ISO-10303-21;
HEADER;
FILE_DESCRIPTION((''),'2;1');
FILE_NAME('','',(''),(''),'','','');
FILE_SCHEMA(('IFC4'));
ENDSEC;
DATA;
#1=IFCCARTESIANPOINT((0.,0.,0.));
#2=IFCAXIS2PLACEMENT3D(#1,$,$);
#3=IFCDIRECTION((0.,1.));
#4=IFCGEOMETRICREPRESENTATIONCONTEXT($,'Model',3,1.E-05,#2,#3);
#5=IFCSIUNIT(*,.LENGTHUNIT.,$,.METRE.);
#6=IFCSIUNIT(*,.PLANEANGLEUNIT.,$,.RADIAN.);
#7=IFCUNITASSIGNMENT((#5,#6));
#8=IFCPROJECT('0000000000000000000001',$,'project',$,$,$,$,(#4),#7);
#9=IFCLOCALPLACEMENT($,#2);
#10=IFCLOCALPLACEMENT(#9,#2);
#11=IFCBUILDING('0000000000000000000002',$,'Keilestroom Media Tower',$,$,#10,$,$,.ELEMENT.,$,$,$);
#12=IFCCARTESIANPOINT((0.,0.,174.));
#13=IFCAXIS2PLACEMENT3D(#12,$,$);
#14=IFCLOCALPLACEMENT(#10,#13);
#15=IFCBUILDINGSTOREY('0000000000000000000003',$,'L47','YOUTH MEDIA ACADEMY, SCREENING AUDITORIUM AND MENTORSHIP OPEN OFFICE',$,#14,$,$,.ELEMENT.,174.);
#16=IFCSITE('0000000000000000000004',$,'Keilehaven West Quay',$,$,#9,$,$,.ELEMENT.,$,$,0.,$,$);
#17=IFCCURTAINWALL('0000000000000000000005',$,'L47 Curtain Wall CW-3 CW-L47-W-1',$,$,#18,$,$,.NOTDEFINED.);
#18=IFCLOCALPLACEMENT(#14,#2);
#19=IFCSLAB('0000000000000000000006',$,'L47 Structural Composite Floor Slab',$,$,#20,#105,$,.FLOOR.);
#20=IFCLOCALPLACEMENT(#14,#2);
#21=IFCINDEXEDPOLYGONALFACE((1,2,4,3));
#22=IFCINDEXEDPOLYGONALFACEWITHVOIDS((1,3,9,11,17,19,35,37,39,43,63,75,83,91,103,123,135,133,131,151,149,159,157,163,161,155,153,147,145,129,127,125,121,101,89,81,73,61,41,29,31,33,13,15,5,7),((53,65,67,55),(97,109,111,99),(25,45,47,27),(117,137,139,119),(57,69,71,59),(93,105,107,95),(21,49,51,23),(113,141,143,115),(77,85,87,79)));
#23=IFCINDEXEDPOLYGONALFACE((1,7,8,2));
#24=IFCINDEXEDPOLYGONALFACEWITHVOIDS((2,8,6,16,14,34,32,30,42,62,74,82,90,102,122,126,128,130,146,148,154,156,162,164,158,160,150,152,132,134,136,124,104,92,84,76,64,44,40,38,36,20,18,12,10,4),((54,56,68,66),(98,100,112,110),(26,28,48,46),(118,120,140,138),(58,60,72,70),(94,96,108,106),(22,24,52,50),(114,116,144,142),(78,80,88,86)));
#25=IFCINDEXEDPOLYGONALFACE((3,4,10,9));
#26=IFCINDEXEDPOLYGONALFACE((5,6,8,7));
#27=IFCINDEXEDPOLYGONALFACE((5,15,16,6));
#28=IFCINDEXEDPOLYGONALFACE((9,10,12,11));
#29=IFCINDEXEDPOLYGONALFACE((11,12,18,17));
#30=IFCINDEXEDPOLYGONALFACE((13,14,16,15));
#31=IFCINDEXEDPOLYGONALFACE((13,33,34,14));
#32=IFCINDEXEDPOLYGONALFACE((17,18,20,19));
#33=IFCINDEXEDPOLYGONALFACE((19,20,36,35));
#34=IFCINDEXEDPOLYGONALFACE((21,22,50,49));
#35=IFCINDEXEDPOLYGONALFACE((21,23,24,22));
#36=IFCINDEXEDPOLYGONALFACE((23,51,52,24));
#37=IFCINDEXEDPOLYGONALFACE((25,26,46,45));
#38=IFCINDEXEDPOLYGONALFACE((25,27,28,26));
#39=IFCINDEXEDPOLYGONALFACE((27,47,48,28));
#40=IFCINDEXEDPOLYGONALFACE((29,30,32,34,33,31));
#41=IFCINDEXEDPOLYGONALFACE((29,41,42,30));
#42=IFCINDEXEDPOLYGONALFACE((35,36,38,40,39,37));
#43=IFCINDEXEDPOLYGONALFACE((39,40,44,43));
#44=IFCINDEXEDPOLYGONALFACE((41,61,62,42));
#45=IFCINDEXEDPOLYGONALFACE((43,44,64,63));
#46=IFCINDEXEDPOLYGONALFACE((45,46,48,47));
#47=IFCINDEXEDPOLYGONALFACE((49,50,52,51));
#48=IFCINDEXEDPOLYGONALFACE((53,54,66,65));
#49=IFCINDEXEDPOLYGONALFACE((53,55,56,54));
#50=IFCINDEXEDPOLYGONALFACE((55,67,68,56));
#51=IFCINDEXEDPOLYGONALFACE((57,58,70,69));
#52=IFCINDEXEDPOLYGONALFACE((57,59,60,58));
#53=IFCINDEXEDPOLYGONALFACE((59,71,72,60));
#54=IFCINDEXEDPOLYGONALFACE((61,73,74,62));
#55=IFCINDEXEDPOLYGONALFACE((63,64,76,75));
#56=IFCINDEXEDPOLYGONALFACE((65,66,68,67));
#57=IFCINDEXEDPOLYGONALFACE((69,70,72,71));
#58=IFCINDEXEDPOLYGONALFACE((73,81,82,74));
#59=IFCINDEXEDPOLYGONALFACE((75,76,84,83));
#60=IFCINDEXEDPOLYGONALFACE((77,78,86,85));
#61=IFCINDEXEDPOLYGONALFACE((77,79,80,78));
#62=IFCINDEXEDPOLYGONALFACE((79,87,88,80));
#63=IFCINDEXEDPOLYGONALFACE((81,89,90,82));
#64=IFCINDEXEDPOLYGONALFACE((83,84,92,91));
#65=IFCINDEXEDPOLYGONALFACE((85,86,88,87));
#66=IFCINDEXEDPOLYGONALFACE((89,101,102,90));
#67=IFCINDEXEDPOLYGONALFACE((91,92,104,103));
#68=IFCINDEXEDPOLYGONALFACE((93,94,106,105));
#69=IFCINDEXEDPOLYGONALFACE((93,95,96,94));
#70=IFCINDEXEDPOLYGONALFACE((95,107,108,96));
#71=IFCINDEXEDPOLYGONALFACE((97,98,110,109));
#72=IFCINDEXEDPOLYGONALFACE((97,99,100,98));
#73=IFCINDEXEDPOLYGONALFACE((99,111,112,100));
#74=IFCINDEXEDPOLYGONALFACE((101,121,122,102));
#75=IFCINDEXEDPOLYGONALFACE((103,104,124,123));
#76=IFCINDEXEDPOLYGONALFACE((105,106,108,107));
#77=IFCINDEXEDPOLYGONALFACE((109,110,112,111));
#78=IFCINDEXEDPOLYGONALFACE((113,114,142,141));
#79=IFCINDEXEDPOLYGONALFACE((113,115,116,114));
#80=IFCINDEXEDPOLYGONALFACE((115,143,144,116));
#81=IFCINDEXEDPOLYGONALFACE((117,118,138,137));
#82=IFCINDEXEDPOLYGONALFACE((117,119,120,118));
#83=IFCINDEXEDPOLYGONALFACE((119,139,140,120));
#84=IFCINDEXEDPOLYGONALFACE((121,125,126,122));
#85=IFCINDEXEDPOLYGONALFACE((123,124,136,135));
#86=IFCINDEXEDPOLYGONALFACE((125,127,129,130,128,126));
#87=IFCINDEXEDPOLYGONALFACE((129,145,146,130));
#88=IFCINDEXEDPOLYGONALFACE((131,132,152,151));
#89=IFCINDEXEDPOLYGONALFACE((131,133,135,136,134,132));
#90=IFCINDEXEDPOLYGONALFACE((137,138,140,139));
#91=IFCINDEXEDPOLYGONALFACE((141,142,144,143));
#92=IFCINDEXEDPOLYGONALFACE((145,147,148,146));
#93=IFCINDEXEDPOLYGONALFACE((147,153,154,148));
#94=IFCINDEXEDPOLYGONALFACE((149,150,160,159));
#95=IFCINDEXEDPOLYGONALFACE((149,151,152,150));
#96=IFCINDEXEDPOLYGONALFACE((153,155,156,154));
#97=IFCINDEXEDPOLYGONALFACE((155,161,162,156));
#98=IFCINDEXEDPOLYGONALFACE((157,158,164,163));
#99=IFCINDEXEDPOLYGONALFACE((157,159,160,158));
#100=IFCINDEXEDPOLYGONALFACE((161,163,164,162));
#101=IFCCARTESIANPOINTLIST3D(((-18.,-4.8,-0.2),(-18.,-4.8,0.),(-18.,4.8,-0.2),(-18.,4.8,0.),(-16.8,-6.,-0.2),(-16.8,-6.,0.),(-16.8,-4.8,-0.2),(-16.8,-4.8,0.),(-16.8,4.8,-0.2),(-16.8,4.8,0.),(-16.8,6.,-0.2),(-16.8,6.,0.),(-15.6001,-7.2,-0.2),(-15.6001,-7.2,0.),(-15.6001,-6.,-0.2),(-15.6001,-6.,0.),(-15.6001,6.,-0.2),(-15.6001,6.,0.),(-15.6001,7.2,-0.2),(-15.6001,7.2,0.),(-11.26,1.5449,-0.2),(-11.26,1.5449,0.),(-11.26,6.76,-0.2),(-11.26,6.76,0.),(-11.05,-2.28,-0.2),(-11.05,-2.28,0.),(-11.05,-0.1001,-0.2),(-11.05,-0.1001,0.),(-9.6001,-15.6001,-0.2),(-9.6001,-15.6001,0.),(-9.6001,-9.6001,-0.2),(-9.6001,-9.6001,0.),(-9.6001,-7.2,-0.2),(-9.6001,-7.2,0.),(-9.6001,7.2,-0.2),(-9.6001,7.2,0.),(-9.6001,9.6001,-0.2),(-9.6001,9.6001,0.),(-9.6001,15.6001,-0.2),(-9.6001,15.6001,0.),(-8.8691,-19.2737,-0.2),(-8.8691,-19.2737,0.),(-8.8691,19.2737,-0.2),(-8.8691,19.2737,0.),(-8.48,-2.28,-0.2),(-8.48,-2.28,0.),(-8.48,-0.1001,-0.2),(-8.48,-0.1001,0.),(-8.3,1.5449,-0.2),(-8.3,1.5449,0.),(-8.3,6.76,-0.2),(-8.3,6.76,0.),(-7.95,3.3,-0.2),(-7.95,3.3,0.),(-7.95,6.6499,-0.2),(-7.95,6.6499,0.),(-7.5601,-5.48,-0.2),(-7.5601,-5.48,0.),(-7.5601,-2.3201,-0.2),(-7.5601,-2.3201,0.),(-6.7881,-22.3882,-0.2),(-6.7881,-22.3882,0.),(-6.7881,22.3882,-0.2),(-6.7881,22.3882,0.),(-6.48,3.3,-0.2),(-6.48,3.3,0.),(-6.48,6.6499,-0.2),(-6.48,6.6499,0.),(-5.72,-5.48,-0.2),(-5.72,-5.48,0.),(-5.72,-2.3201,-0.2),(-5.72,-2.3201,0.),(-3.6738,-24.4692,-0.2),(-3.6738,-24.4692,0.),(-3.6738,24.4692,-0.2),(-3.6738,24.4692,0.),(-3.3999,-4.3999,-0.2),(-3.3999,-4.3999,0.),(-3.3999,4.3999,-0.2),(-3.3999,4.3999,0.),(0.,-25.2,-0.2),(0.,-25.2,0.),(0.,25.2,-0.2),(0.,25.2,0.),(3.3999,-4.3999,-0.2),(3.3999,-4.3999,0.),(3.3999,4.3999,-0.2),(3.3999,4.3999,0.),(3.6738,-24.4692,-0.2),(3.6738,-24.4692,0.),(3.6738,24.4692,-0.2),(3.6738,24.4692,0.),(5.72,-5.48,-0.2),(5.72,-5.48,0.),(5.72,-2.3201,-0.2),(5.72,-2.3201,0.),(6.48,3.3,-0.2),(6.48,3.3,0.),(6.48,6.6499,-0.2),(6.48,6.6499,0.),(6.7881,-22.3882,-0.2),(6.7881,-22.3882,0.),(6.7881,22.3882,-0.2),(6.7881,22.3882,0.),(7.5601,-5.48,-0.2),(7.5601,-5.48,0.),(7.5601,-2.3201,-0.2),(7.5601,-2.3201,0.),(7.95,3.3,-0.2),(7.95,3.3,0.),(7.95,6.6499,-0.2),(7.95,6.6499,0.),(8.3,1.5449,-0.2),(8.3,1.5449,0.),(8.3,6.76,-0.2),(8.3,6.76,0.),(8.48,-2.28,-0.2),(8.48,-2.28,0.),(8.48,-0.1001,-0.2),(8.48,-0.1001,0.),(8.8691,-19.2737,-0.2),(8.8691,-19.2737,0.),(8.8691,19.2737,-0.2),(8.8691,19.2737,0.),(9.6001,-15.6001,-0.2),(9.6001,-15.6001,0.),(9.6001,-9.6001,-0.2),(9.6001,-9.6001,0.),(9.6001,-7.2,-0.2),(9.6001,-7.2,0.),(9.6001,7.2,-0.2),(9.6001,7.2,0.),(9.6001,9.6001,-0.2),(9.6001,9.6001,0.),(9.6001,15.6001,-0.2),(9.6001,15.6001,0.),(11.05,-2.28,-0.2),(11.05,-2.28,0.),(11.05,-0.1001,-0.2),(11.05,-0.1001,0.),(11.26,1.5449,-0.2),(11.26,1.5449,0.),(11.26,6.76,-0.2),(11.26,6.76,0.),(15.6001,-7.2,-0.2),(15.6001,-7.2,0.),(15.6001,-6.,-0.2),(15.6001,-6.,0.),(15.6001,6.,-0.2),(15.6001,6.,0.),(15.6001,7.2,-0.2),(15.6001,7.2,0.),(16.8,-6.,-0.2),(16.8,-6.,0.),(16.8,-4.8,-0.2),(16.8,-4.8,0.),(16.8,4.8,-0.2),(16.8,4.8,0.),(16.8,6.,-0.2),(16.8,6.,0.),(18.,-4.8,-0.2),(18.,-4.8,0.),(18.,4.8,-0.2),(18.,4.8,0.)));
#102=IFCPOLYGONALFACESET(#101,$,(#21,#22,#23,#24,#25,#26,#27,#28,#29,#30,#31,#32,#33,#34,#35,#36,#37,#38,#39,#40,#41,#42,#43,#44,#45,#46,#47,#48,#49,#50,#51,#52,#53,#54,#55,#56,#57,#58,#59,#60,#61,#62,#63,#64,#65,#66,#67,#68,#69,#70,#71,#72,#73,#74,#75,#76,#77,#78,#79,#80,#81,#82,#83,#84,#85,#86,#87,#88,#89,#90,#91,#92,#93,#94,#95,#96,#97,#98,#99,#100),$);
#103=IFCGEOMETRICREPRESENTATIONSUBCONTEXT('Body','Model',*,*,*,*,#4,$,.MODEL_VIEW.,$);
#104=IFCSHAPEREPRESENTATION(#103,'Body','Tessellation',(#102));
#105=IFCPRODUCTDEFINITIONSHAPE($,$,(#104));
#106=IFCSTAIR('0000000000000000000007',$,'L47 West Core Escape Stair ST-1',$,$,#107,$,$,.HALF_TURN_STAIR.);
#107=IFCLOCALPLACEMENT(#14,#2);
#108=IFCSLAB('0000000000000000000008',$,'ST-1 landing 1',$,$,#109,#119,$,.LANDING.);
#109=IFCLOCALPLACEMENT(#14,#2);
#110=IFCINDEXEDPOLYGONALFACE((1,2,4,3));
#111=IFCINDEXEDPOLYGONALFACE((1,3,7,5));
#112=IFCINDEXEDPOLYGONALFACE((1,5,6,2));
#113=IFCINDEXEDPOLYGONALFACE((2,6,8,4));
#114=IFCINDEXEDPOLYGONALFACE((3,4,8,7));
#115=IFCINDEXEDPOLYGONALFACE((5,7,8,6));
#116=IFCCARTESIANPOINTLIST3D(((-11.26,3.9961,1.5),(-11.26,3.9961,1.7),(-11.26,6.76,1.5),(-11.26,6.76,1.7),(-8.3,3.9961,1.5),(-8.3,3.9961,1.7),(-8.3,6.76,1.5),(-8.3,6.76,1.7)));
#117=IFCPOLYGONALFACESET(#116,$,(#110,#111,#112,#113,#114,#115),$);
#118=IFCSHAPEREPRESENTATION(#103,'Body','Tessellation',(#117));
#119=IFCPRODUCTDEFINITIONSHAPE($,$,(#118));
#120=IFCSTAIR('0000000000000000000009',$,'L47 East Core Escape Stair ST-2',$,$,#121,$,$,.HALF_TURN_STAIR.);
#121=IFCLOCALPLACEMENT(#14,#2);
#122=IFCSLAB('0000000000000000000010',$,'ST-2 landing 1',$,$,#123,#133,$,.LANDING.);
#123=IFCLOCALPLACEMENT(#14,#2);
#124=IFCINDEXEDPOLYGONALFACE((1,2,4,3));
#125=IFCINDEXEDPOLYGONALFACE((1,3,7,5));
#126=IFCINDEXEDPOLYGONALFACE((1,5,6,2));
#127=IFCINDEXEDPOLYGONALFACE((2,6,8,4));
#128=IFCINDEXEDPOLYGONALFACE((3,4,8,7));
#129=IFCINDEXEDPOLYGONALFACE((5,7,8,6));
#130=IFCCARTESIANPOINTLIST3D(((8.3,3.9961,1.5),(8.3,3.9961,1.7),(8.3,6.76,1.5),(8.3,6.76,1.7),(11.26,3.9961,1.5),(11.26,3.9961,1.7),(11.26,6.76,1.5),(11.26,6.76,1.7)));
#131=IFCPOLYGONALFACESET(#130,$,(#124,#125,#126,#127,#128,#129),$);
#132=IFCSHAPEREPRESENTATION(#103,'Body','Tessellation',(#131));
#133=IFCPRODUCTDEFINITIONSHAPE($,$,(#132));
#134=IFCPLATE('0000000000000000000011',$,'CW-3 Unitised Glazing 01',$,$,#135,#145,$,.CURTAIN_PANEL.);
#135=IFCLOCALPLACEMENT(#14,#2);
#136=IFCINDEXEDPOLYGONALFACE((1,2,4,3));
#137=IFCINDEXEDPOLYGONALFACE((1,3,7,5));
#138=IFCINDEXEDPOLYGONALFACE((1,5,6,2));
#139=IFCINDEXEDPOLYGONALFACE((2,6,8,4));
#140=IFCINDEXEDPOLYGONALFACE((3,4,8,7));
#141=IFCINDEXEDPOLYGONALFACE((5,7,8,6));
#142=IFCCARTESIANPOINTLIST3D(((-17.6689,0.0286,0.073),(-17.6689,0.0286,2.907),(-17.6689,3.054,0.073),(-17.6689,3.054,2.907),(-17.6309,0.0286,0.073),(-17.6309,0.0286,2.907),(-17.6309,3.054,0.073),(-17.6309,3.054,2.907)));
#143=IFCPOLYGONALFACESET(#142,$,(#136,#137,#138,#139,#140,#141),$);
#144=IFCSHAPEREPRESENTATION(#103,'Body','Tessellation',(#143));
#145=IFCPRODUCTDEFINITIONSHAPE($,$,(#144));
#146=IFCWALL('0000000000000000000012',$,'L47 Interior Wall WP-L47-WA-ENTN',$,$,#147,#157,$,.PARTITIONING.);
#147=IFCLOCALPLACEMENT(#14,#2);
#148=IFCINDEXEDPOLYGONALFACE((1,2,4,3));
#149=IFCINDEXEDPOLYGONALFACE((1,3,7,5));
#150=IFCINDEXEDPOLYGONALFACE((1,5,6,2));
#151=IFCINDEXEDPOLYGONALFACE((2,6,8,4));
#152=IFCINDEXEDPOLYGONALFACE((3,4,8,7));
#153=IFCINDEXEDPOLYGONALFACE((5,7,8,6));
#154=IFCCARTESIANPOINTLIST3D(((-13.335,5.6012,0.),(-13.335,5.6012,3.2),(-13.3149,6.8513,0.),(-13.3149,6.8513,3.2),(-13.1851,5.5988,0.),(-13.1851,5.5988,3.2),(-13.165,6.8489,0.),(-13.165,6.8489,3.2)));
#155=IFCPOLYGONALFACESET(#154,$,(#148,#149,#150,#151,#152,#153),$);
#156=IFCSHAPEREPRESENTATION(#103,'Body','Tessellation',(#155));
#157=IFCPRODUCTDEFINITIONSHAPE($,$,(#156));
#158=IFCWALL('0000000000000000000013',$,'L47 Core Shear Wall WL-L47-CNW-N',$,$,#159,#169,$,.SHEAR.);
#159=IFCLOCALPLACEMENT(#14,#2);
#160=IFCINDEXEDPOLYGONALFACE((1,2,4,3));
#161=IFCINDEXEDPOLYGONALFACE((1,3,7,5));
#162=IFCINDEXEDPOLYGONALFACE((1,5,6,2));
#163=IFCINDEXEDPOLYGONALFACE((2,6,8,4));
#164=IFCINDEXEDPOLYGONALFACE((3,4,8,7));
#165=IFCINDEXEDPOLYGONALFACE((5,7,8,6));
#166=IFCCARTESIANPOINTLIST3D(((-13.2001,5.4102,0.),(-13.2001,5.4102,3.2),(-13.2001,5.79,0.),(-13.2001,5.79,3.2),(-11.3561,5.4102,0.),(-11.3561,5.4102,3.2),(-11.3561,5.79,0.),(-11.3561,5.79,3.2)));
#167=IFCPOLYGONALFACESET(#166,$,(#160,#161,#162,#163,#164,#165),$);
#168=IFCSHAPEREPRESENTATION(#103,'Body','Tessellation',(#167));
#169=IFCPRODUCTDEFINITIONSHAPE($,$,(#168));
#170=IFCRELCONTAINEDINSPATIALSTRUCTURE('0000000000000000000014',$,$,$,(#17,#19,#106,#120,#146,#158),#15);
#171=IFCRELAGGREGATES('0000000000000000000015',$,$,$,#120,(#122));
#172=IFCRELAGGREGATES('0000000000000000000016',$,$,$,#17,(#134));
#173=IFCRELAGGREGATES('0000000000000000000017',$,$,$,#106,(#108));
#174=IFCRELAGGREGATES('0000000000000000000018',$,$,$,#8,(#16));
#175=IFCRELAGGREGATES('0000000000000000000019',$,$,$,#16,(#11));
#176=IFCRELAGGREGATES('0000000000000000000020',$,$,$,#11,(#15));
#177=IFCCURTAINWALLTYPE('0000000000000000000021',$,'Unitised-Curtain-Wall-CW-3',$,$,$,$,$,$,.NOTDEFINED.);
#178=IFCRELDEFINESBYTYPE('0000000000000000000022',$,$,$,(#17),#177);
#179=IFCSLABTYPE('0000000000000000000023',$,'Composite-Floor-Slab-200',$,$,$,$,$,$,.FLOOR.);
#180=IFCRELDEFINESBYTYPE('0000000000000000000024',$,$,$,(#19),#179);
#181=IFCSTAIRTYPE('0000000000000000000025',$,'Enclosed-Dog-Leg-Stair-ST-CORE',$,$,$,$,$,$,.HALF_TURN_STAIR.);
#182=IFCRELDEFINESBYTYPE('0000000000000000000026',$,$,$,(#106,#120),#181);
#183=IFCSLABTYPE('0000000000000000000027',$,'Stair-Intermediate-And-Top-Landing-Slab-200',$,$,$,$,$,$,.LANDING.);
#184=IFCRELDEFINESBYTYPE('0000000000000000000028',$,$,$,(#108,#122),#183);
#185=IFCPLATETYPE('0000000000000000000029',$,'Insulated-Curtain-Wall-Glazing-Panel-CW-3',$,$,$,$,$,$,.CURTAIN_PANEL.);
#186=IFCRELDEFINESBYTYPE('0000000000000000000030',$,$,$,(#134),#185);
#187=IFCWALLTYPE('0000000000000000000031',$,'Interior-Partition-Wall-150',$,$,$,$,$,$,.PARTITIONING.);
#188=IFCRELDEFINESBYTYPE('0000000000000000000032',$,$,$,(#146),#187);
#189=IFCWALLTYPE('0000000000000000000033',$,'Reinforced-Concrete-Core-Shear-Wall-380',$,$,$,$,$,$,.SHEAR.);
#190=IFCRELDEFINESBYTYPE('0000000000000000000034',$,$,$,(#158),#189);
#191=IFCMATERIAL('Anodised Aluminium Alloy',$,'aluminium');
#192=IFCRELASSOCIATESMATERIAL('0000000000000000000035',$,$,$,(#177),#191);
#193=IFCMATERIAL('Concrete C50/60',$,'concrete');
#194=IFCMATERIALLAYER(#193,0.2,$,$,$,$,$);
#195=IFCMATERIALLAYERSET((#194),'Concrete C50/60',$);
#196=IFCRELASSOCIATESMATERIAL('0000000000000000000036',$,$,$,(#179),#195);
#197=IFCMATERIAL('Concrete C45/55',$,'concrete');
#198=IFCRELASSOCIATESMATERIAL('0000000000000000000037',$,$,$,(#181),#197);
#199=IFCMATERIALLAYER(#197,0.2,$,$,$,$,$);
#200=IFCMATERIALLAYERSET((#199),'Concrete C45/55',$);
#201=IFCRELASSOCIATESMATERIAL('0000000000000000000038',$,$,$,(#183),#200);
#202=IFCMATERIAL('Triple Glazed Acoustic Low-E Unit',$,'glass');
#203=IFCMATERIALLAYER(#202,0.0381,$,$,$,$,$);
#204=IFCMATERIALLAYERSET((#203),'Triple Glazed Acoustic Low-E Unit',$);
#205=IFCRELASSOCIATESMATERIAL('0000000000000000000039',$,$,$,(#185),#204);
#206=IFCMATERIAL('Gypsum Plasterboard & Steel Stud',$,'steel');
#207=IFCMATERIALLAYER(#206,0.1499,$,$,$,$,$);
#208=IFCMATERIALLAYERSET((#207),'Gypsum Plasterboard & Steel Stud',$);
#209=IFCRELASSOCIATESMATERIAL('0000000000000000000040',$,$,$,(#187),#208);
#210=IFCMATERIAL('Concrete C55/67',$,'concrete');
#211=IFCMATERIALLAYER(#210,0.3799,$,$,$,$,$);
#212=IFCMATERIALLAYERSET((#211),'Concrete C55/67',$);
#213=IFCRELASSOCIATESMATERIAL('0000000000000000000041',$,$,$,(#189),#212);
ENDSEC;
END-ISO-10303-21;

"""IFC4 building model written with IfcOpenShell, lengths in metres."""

from ifc_helpers import new_model, si_unit, direction, frame, frame_2d, origin, origin_2d, place, context, subcontext, project, spatial, polyline, rectangle, outline, extrude, source, transform, mapped, material, layer, layer_set, type_object, element, aggregate, save


model = new_model("IFC4")

# Units and contexts
model_context = context("Model", 3, precision=1e-05, world=origin(), true_north=direction((0.0, 1.0)))
body_context = subcontext(model_context, "Body", "Model", "MODEL_VIEW")
ifc_project = project(units=[si_unit("LENGTHUNIT", "METRE"), si_unit("PLANEANGLEUNIT", "RADIAN")], contexts=[model_context])

# Site, building, storey
site_placement = place(None, origin())
site = spatial("IfcSite", under=ifc_project, at=site_placement, Name="Keilehaven West Quay", CompositionType="ELEMENT", RefElevation=0.0)
building_placement = place(site_placement, origin())
building = spatial("IfcBuilding", under=site, at=building_placement, Name="Keilestroom Media Tower", CompositionType="ELEMENT")
storey_placement = place(building_placement, frame((0.0, 0.0, 174.0)))
storey = spatial("IfcBuildingStorey", under=building, at=storey_placement, Name="L47", Description="YOUTH MEDIA ACADEMY, SCREENING AUDITORIUM AND MENTORSHIP OPEN OFFICE", CompositionType="ELEMENT", Elevation=174.0)

# Shared definitions
ifc_material_1 = material(Name="Concrete C55/67", Category="concrete")

# Curtain wall
ifc_material_2 = material(Name="Anodised Aluminium Alloy", Category="aluminium")
curtain_wall_type = type_object("IfcCurtainWallType", Name="Unitised-Curtain-Wall-CW-3", PredefinedType="NOTDEFINED", material=ifc_material_2)
curtain_wall_placement = place(storey_placement, origin())
curtain_wall = element("IfcCurtainWall", 1, at=curtain_wall_placement, inside=storey, type_object=curtain_wall_type, Name="L47 Curtain Wall CW-3 CW-L47-W-1", PredefinedType="NOTDEFINED")

# Slab
ifc_material_3 = material(Name="Concrete C50/60", Category="concrete")
ifc_layer_1 = layer(ifc_material_3, 0.2)
ifc_layer_set_1 = layer_set([ifc_layer_1], Name="Concrete C50/60")
slab_type_1 = type_object("IfcSlabType", Name="Composite-Floor-Slab-200", PredefinedType="FLOOR", material=ifc_layer_set_1)
slab_1_placement = place(storey_placement, frame((0.0, 0.0, -0.2)))
element("IfcSlab", 2, at=slab_1_placement, inside=storey, type_object=slab_type_1, Name="L47 Structural Composite Floor Slab", PredefinedType="FLOOR", context=body_context, shape_type="SweptSolid", body=[
    extrude(outline(polyline([(18.0, -4.8), (18.0, 4.8), (16.8, 4.8), (16.8, 6.0), (15.6001, 6.0), (15.6001, 7.2), (9.6001, 7.2), (9.6001, 9.6001), (9.6001, 15.6001), (8.8691, 19.2737), (6.7881, 22.3882), (3.6738, 24.4692), (0.0, 25.2), (-3.6738, 24.4692), (-6.7881, 22.3882), (-8.8691, 19.2737), (-9.6001, 15.6001), (-9.6001, 9.6001), (-9.6001, 7.2), (-15.6001, 7.2), (-15.6001, 6.0), (-16.8, 6.0), (-16.8, 4.8), (-18.0, 4.8), (-18.0, -4.8), (-16.8, -4.8), (-16.8, -6.0), (-15.6001, -6.0), (-15.6001, -7.2), (-9.6001, -7.2), (-9.6001, -9.6001), (-9.6001, -15.6001), (-8.8691, -19.2737), (-6.7881, -22.3882), (-3.6738, -24.4692), (0.0, -25.2), (3.6738, -24.4692), (6.7881, -22.3882), (8.8691, -19.2737), (9.6001, -15.6001), (9.6001, -9.6001), (9.6001, -7.2), (15.6001, -7.2), (15.6001, -6.0), (16.8, -6.0), (16.8, -4.8), (18.0, -4.8)]), holes=[polyline([(-11.26, 1.5449), (-11.26, 6.76), (-8.3, 6.76), (-8.3, 1.5449), (-11.26, 1.5449)]), polyline([(-11.05, -2.28), (-11.05, -0.1001), (-8.48, -0.1001), (-8.48, -2.28), (-11.05, -2.28)]), polyline([(-7.95, 3.3), (-7.95, 6.6499), (-6.48, 6.6499), (-6.48, 3.3), (-7.95, 3.3)]), polyline([(-7.5601, -2.3201), (-5.72, -2.3201), (-5.72, -5.48), (-7.5601, -5.48), (-7.5601, -2.3201)]), polyline([(3.3999, -4.3999), (-3.3999, -4.3999), (-3.3999, 4.3999), (3.3999, 4.3999), (3.3999, -4.3999)]), polyline([(7.5601, -2.3201), (7.5601, -5.48), (5.72, -5.48), (5.72, -2.3201), (7.5601, -2.3201)]), polyline([(6.48, 3.3), (6.48, 6.6499), (7.95, 6.6499), (7.95, 3.3), (6.48, 3.3)]), polyline([(8.3, 1.5449), (8.3, 6.76), (11.26, 6.76), (11.26, 1.5449), (8.3, 1.5449)]), polyline([(8.48, -2.28), (8.48, -0.1001), (11.05, -0.1001), (11.05, -2.28), (8.48, -2.28)])]), origin(), (0.0, 0.0, 1.0), 0.2),
])

# Stairs, slabs
ifc_material_4 = material(Name="Concrete C45/55", Category="concrete")
stair_type = type_object("IfcStairType", Name="Enclosed-Dog-Leg-Stair-ST-CORE", PredefinedType="HALF_TURN_STAIR", material=ifc_material_4)
stair_1_placement = place(storey_placement, origin())
stair_1 = element("IfcStair", 3, at=stair_1_placement, inside=storey, type_object=stair_type, Name="L47 West Core Escape Stair ST-1", PredefinedType="HALF_TURN_STAIR")
ifc_layer_2 = layer(ifc_material_4, 0.2)
ifc_layer_set_2 = layer_set([ifc_layer_2], Name="Concrete C45/55")
slab_type_2 = type_object("IfcSlabType", Name="Stair-Intermediate-And-Top-Landing-Slab-200", PredefinedType="LANDING", material=ifc_layer_set_2)
slab_2_placement = place(storey_placement, frame((0.0, 0.0, 1.5)))
slab_2 = element("IfcSlab", 4, at=slab_2_placement, type_object=slab_type_2, Name="ST-1 landing 1", PredefinedType="LANDING", context=body_context, shape_type="SweptSolid", body=[
    extrude(outline(polyline([(-8.3, 3.9961), (-8.3, 6.76), (-11.26, 6.76), (-11.26, 3.9961), (-8.3, 3.9961)])), origin(), (0.0, 0.0, 1.0), 0.2),
])
stair_2_placement = place(storey_placement, origin())
stair_2 = element("IfcStair", 5, at=stair_2_placement, inside=storey, type_object=stair_type, Name="L47 East Core Escape Stair ST-2", PredefinedType="HALF_TURN_STAIR")
slab_3_placement = place(storey_placement, frame((0.0, 0.0, 1.5)))
slab_3 = element("IfcSlab", 6, at=slab_3_placement, type_object=slab_type_2, Name="ST-2 landing 1", PredefinedType="LANDING", context=body_context, shape_type="SweptSolid", body=[
    extrude(outline(polyline([(11.26, 3.9961), (11.26, 6.76), (8.3, 6.76), (8.3, 3.9961), (11.26, 3.9961)])), origin(), (0.0, 0.0, 1.0), 0.2),
])
aggregate(stair_2, [slab_3])

# Plate
ifc_material_5 = material(Name="Triple Glazed Acoustic Low-E Unit", Category="glass")
ifc_layer_3 = layer(ifc_material_5, 0.0381)
ifc_layer_set_3 = layer_set([ifc_layer_3], Name="Triple Glazed Acoustic Low-E Unit")
plate_type = type_object("IfcPlateType", Name="Insulated-Curtain-Wall-Glazing-Panel-CW-3", PredefinedType="CURTAIN_PANEL", material=ifc_layer_set_3)
shared_shape_1 = source(origin(), body_context, "Body", "SweptSolid", [
    extrude(rectangle(XDim=3.0254, YDim=0.0381, at=origin_2d()), origin(), (0.0, 0.0, 1.0), 2.834),
])
plate_placement = place(storey_placement, frame((-17.6499, 1.5413, 0.073), z_axis=(0.0, 0.0, 1.0), x_axis=(0.0, 1.0, 0.0)))
plate = element("IfcPlate", 7, at=plate_placement, type_object=plate_type, Name="CW-3 Unitised Glazing 01", PredefinedType="CURTAIN_PANEL", context=body_context, shape_type="MappedRepresentation", body=[
    mapped(shared_shape_1, transform((0.0, 0.0, 0.0), x_axis=(1.0, 0.0, 0.0), y_axis=(0.0, 1.0, 0.0), z_axis=(0.0, 0.0, 1.0), scale=1.0)),
])
aggregate(curtain_wall, [plate])

# Walls
ifc_material_6 = material(Name="Gypsum Plasterboard & Steel Stud", Category="steel")
ifc_layer_4 = layer(ifc_material_6, 0.1499)
ifc_layer_set_4 = layer_set([ifc_layer_4], Name="Gypsum Plasterboard & Steel Stud")
wall_type_1 = type_object("IfcWallType", Name="Interior-Partition-Wall-150", PredefinedType="PARTITIONING", material=ifc_layer_set_4)
wall_1_placement = place(storey_placement, frame((-13.26, 5.6001, 0.0), z_axis=(0.0, 0.0, 1.0), x_axis=(0.016014, 0.999872, 0.0)))
element("IfcWall", 8, at=wall_1_placement, inside=storey, type_object=wall_type_1, Name="L47 Interior Wall WP-L47-WA-ENTN", PredefinedType="PARTITIONING", context=body_context, shape_type="SweptSolid", body=[
    extrude(rectangle(XDim=1.2502, YDim=0.1499, at=frame_2d((0.625, 0.0))), origin(), (0.0, 0.0, 1.0), 3.2),
])
ifc_layer_5 = layer(ifc_material_1, 0.3799)
ifc_layer_set_5 = layer_set([ifc_layer_5], Name="Concrete C55/67")
wall_type_2 = type_object("IfcWallType", Name="Reinforced-Concrete-Core-Shear-Wall-380", PredefinedType="SHEAR", material=ifc_layer_set_5)
wall_2_placement = place(storey_placement, frame((-13.2, 5.6001, 0.0), z_axis=(0.0, 0.0, 1.0), x_axis=(1.0, 0.0, 0.0)))
element("IfcWall", 9, at=wall_2_placement, inside=storey, type_object=wall_type_2, Name="L47 Core Shear Wall WL-L47-CNW-N", PredefinedType="SHEAR", context=body_context, shape_type="SweptSolid", body=[
    extrude(rectangle(XDim=1.844, YDim=0.3799, at=frame_2d((0.9219, 0.0))), origin(), (0.0, 0.0, 1.0), 3.2),
])

aggregate(stair_1, [slab_2])

save(model, "model.ifc")
